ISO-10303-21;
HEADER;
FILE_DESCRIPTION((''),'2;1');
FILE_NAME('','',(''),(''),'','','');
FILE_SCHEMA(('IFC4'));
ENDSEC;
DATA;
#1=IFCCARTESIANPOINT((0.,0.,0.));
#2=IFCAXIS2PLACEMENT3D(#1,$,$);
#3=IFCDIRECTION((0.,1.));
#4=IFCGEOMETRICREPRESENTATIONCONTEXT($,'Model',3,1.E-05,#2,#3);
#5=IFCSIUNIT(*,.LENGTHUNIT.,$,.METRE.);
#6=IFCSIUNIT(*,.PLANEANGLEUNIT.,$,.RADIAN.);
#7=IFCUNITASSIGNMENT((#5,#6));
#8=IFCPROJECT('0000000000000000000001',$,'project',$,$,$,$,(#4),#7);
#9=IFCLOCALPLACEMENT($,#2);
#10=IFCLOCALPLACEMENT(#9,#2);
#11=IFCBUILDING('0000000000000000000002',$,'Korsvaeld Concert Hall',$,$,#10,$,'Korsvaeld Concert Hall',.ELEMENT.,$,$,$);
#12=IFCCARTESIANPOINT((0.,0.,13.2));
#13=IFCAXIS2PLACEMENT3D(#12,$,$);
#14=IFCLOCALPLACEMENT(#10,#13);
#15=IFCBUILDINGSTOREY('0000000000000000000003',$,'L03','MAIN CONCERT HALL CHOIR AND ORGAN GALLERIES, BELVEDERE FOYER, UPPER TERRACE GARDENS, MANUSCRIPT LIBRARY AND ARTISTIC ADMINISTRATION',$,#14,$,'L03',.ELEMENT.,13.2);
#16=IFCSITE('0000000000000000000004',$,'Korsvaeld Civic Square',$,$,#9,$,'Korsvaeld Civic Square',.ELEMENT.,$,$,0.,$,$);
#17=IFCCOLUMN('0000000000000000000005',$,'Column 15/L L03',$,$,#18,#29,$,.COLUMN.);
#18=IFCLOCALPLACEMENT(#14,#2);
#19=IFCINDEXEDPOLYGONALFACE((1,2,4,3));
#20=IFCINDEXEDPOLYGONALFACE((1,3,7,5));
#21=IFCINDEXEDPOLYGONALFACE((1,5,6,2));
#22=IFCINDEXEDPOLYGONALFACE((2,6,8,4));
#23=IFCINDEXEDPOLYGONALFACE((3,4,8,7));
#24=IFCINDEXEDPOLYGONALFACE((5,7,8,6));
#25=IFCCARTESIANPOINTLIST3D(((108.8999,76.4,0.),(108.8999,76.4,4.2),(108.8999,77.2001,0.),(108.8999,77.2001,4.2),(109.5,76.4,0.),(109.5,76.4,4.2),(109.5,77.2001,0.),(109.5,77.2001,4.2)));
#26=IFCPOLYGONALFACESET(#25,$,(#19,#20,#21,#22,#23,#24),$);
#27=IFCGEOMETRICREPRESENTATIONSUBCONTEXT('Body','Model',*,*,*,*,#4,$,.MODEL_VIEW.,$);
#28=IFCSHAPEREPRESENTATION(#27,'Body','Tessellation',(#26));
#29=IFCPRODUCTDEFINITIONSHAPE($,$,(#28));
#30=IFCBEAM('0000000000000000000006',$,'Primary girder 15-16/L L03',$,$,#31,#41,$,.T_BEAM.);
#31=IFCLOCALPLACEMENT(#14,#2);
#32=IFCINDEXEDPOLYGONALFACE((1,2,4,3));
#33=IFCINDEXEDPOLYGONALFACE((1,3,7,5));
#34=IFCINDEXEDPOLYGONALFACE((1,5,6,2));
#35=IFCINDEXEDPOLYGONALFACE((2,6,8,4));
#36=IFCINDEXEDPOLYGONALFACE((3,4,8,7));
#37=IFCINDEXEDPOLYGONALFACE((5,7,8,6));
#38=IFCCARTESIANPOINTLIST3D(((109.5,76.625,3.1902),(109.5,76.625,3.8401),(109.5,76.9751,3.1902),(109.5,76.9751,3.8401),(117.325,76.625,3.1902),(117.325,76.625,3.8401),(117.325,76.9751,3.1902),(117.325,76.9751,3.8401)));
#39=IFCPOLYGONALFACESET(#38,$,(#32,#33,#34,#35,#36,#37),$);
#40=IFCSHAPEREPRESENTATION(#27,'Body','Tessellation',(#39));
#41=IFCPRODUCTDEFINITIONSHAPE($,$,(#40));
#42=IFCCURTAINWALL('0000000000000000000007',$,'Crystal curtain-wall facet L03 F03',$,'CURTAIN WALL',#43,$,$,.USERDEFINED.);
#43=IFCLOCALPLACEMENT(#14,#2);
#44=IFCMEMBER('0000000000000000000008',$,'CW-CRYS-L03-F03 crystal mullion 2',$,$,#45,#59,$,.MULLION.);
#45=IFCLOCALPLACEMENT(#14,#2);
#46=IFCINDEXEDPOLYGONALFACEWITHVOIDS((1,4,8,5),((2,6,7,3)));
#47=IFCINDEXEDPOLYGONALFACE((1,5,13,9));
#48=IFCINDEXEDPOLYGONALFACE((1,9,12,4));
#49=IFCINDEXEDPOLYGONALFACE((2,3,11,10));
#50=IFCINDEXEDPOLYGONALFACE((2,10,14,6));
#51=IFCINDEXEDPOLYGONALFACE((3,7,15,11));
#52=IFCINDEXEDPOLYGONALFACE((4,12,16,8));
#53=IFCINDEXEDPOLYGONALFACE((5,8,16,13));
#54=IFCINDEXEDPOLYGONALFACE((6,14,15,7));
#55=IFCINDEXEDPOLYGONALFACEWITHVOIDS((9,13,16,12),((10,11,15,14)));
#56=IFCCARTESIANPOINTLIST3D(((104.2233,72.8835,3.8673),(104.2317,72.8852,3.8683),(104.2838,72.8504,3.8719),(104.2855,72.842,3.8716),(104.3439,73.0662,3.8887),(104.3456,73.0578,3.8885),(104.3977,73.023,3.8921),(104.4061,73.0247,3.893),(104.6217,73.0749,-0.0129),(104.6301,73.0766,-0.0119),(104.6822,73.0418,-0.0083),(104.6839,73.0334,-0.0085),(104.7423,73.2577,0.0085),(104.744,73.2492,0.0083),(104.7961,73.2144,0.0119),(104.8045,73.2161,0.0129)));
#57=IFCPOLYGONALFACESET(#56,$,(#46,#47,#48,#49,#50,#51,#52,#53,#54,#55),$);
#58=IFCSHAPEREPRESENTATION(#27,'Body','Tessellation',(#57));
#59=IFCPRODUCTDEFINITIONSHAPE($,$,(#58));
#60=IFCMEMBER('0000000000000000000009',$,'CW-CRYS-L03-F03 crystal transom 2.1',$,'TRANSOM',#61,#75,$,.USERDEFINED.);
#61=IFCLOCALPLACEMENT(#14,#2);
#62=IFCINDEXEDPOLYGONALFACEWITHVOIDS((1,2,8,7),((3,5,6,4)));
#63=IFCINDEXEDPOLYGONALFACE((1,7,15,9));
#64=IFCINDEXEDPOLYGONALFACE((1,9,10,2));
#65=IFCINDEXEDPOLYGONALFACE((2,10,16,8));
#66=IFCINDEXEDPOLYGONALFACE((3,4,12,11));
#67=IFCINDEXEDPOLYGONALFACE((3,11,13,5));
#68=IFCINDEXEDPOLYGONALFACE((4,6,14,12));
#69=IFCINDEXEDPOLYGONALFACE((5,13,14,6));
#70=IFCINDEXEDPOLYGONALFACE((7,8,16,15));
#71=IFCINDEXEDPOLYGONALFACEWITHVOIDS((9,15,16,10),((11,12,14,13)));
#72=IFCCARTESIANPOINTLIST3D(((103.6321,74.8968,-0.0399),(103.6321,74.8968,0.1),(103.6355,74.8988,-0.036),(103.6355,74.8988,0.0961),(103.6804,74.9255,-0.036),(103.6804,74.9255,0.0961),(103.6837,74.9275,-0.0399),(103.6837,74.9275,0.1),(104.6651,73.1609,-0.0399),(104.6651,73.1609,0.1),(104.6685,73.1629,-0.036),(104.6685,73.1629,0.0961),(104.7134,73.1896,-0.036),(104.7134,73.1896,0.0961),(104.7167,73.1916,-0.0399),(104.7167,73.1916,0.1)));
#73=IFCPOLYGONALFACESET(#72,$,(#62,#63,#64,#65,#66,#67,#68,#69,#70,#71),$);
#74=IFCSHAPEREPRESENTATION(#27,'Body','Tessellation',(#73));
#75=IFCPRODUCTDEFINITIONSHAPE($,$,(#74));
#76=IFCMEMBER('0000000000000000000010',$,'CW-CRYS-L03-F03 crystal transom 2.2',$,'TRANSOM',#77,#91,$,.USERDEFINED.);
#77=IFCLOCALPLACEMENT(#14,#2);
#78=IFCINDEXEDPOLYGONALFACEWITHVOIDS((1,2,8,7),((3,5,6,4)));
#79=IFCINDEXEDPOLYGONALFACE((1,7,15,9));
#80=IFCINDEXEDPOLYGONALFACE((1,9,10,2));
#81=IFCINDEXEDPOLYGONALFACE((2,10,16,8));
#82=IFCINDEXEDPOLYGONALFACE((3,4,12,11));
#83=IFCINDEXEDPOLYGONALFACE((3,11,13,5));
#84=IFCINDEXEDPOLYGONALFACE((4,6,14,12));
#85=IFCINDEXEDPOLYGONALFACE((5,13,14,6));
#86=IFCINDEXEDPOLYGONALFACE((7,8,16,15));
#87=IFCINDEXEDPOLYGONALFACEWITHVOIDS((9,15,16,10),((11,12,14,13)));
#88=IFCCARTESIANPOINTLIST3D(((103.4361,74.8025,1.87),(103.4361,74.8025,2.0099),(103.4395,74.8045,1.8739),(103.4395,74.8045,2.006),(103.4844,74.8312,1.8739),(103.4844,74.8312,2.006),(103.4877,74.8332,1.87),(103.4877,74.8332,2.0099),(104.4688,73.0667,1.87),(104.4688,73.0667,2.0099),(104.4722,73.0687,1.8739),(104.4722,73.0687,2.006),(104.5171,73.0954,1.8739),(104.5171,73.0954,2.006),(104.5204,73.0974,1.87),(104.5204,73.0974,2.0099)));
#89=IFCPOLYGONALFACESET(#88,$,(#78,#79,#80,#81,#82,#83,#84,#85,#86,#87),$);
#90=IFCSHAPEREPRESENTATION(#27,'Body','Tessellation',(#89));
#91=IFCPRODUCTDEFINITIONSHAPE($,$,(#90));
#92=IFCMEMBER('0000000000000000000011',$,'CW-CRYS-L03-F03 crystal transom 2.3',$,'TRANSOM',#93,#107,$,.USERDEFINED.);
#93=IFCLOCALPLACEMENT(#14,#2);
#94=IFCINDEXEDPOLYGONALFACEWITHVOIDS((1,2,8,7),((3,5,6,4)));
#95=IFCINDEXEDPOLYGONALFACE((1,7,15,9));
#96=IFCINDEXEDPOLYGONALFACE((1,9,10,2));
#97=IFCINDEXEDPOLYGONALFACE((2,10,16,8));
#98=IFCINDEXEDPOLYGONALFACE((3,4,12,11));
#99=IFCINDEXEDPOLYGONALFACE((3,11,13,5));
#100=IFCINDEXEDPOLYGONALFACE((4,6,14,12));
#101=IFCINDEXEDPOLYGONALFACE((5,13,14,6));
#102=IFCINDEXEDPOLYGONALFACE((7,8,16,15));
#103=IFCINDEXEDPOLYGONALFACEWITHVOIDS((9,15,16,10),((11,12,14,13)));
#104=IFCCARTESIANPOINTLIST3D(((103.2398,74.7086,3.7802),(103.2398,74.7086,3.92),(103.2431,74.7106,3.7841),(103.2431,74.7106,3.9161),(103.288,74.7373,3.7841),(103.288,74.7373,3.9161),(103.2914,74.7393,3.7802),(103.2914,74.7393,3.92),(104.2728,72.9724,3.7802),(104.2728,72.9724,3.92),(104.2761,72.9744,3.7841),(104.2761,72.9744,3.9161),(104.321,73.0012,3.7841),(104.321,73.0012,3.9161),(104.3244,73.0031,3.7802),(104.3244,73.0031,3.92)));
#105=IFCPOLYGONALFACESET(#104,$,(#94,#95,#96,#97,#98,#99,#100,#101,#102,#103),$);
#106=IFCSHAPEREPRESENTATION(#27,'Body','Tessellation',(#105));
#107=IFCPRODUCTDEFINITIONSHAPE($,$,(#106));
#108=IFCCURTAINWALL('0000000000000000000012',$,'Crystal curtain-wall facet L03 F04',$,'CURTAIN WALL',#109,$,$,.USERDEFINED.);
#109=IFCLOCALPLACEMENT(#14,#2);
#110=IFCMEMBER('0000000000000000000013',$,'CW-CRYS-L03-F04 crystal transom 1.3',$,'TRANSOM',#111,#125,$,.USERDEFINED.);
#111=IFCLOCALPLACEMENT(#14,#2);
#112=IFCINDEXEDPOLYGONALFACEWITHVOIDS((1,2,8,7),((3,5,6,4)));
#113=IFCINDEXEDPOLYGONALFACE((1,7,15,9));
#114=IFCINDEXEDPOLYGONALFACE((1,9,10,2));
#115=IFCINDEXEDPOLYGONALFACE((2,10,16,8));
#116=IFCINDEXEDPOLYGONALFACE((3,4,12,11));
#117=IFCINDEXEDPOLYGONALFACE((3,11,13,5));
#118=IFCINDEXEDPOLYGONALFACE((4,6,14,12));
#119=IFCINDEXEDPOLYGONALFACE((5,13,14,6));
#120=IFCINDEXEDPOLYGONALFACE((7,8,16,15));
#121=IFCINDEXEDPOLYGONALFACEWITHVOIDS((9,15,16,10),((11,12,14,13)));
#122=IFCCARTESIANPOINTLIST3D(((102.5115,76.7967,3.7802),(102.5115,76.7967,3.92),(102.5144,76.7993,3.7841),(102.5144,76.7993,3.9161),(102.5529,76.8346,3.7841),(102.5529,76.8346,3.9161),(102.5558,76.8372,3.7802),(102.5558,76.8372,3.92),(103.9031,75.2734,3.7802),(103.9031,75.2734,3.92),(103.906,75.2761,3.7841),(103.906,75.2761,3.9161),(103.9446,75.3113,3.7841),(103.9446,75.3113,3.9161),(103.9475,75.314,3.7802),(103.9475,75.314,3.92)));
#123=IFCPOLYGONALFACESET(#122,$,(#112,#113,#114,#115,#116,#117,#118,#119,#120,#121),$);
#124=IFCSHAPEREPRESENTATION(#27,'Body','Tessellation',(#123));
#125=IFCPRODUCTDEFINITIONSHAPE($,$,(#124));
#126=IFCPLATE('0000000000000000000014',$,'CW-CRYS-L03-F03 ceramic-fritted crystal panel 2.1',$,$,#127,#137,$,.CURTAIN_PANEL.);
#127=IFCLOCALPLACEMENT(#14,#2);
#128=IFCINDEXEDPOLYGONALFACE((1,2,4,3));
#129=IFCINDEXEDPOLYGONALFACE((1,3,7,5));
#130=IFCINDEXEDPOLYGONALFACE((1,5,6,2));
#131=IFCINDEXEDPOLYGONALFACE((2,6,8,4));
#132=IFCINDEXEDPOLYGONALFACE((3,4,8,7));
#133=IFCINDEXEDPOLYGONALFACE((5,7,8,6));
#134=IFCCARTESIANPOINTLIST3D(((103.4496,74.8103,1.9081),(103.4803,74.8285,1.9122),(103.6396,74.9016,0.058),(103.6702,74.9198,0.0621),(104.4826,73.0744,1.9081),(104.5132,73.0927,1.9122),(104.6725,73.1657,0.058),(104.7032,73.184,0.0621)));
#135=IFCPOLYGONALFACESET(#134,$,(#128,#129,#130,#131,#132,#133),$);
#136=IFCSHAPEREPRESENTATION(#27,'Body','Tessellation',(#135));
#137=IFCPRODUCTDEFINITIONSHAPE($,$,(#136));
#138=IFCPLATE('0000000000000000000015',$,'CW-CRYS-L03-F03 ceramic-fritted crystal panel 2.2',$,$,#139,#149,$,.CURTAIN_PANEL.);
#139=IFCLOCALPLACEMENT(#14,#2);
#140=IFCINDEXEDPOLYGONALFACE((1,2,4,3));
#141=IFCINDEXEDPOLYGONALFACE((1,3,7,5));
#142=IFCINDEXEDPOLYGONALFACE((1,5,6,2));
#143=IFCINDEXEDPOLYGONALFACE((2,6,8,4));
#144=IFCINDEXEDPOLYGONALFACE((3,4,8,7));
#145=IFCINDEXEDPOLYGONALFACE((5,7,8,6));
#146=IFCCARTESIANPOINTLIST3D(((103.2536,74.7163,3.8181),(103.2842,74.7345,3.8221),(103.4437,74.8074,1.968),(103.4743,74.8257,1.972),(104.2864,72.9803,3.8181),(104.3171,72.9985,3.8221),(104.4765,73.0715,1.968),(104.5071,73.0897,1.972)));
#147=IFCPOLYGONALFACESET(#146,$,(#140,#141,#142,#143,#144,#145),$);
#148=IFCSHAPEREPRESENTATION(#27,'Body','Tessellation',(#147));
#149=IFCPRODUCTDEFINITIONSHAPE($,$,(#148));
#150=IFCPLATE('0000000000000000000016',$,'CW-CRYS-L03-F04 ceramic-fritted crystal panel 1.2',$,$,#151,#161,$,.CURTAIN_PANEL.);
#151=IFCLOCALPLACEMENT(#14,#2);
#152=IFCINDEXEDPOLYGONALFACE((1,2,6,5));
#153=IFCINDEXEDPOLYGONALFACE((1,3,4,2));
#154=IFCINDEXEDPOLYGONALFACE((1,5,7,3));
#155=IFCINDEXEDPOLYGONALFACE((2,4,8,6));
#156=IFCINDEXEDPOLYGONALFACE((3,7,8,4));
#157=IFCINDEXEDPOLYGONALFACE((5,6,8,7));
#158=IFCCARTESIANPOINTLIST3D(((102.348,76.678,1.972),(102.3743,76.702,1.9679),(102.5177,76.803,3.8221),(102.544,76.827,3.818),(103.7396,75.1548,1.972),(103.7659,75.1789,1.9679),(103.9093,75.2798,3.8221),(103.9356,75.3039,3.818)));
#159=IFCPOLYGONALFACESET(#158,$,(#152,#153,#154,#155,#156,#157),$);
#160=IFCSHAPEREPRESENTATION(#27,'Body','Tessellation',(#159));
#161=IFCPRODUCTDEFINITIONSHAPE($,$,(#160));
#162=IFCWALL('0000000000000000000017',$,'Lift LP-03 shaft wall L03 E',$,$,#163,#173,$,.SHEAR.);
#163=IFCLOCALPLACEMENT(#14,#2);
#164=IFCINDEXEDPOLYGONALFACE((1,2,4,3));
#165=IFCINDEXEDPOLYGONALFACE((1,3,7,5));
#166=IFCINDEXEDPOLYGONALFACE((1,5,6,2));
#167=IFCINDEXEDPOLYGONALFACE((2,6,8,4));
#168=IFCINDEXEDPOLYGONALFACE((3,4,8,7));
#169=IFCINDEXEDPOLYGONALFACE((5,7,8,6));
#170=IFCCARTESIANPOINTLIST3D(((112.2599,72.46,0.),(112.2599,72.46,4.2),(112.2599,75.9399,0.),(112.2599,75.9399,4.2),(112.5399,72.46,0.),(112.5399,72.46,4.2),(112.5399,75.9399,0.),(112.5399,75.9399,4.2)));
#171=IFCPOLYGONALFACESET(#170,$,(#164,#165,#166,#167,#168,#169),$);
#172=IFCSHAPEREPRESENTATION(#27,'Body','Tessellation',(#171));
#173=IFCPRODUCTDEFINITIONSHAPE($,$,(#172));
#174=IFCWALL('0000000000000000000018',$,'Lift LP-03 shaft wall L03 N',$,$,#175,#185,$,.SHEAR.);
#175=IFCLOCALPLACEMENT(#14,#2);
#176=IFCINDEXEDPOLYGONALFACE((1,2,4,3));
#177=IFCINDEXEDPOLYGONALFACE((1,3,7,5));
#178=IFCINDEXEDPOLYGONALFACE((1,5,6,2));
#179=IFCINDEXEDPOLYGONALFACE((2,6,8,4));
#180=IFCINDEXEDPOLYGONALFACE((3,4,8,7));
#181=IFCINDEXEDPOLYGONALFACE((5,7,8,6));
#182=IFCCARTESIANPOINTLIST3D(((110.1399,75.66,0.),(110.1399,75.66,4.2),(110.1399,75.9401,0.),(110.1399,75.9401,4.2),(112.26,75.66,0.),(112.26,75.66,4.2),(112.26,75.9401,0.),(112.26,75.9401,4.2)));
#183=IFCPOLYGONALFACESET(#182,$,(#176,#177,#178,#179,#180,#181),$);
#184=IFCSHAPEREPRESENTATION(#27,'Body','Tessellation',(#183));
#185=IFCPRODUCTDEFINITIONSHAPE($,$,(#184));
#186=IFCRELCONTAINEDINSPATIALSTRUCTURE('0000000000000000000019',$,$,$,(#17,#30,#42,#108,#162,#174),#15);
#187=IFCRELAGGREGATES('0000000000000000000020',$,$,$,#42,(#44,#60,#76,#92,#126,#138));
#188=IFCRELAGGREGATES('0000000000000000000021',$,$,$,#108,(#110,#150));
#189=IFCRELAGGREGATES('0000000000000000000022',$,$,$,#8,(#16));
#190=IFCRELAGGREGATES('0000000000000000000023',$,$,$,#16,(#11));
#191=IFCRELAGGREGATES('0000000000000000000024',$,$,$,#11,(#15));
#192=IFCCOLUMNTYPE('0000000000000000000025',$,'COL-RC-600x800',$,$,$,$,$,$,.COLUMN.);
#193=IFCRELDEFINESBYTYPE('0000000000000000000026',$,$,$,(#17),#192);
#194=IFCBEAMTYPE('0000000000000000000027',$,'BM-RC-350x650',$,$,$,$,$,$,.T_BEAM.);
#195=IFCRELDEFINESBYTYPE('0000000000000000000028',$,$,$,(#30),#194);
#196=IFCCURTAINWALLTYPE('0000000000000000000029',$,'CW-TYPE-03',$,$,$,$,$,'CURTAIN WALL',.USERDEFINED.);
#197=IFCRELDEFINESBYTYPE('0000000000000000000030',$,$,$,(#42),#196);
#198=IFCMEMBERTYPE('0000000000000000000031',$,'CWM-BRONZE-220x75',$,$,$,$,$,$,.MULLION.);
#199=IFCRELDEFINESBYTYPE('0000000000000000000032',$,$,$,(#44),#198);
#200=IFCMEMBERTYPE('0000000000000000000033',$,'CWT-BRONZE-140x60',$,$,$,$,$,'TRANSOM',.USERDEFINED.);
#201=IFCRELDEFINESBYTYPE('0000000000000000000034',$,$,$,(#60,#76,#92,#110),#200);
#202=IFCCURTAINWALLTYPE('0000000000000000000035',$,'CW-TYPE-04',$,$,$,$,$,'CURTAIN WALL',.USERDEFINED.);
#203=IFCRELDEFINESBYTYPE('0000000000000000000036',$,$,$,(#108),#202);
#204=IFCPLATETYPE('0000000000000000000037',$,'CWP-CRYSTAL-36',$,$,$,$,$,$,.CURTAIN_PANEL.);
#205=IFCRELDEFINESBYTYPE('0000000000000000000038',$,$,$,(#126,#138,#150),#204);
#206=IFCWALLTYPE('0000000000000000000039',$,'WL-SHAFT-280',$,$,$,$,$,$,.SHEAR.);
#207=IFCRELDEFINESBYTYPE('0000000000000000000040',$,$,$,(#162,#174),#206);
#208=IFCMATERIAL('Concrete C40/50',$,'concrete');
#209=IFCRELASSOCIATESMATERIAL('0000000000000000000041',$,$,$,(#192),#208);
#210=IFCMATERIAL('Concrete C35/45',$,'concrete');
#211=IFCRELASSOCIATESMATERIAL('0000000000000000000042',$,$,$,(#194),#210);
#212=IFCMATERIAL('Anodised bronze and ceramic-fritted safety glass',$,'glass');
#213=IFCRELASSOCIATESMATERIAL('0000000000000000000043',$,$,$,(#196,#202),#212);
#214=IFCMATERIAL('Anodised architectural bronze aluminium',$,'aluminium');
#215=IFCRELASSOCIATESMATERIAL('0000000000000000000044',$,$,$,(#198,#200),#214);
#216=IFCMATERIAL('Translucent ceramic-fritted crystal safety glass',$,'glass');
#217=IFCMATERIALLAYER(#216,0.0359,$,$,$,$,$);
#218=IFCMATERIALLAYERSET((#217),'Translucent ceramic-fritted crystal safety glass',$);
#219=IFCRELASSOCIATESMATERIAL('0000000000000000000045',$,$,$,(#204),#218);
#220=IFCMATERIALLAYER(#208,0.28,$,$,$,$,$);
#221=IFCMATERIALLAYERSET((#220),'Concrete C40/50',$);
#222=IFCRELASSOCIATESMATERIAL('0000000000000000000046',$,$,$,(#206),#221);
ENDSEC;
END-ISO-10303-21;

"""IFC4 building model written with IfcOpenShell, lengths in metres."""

from ifc_helpers import new_model, si_unit, direction, frame, frame_2d, origin, origin_2d, place, context, subcontext, project, spatial, polyline, rectangle, hollow_rectangle, outline, extrude, material, layer, layer_set, material_profile, profile_set, type_object, element, aggregate, save


model = new_model("IFC4")

# Units and contexts
model_context = context("Model", 3, precision=1e-05, world=origin(), true_north=direction((0.0, 1.0)))
body_context = subcontext(model_context, "Body", "Model", "MODEL_VIEW")
ifc_project = project(units=[si_unit("LENGTHUNIT", "METRE"), si_unit("PLANEANGLEUNIT", "RADIAN")], contexts=[model_context])

# Site, building, storey
site_placement = place(None, origin())
site = spatial("IfcSite", under=ifc_project, at=site_placement, Name="Korsvaeld Civic Square", LongName="Korsvaeld Civic Square", CompositionType="ELEMENT", RefElevation=0.0)
building_placement = place(site_placement, origin())
building = spatial("IfcBuilding", under=site, at=building_placement, Name="Korsvaeld Concert Hall", LongName="Korsvaeld Concert Hall", CompositionType="ELEMENT")
storey_placement = place(building_placement, frame((0.0, 0.0, 13.2)))
storey = spatial("IfcBuildingStorey", under=building, at=storey_placement, Name="L03", Description="MAIN CONCERT HALL CHOIR AND ORGAN GALLERIES, BELVEDERE FOYER, UPPER TERRACE GARDENS, MANUSCRIPT LIBRARY AND ARTISTIC ADMINISTRATION", LongName="L03", CompositionType="ELEMENT", Elevation=13.2)

# Column
ifc_material_1 = material(Name="Concrete C40/50", Category="concrete")
ifc_material_profile_1 = material_profile(ifc_material_1, rectangle(XDim=0.6001, YDim=0.8, at=origin_2d()), Name="RC 600x800")
ifc_profile_set_1 = profile_set([ifc_material_profile_1], Name="Concrete C40/50")
column_type = type_object("IfcColumnType", Name="COL-RC-600x800", PredefinedType="COLUMN", material=ifc_profile_set_1)
column_placement = place(storey_placement, frame((109.2, 76.8, 0.0), z_axis=(0.0, 0.0, 1.0), x_axis=(1.0, 0.0, 0.0)))
element("IfcColumn", 1, at=column_placement, inside=storey, type_object=column_type, Name="Column 15/L L03", PredefinedType="COLUMN", context=body_context, shape_type="SweptSolid", body=[
    extrude(rectangle(XDim=0.6001, YDim=0.8, at=origin_2d()), origin(), (0.0, 0.0, 1.0), 4.2),
])

# Beam
ifc_material_2 = material(Name="Concrete C35/45", Category="concrete")
ifc_material_profile_2 = material_profile(ifc_material_2, rectangle(XDim=0.3501, YDim=0.6499, at=origin_2d()), Name="RC 350x650")
ifc_profile_set_2 = profile_set([ifc_material_profile_2], Name="Concrete C35/45")
beam_type = type_object("IfcBeamType", Name="BM-RC-350x650", PredefinedType="T_BEAM", material=ifc_profile_set_2)
beam_placement = place(storey_placement, frame((109.5, 76.8, 3.5151), z_axis=(1.0, 0.0, 0.0), x_axis=(0.0, 1.0, 0.0)))
element("IfcBeam", 2, at=beam_placement, inside=storey, type_object=beam_type, Name="Primary girder 15-16/L L03", PredefinedType="T_BEAM", context=body_context, shape_type="SweptSolid", body=[
    extrude(rectangle(XDim=0.3501, YDim=0.6499, at=origin_2d()), origin(), (0.0, 0.0, 1.0), 7.825),
])

# Curtain wall, members
ifc_material_3 = material(Name="Anodised bronze and ceramic-fritted safety glass", Category="glass")
curtain_wall_type_1 = type_object("IfcCurtainWallType", Name="CW-TYPE-03", ElementType="CURTAIN WALL", PredefinedType="USERDEFINED", material=ifc_material_3)
curtain_wall_1_placement = place(storey_placement, origin())
curtain_wall_1 = element("IfcCurtainWall", 3, at=curtain_wall_1_placement, inside=storey, type_object=curtain_wall_type_1, Name="Crystal curtain-wall facet L03 F03", ObjectType="CURTAIN WALL", PredefinedType="USERDEFINED")
ifc_material_4 = material(Name="Anodised architectural bronze aluminium", Category="aluminium")
ifc_material_profile_3 = material_profile(ifc_material_4, hollow_rectangle(XDim=0.075, YDim=0.22, WallThickness=0.0061, at=origin_2d()), Name="CWM 220x75x6")
ifc_profile_set_3 = profile_set([ifc_material_profile_3], Name="Anodised architectural bronze aluminium")
member_type_1 = type_object("IfcMemberType", Name="CWM-BRONZE-220x75", PredefinedType="MULLION", material=ifc_profile_set_3)
member_1_placement = place(storey_placement, frame((104.7131, 73.1455, 0.0), z_axis=(-0.102027, -0.049013, 0.993573), x_axis=(-0.830086, 0.554624, -0.057879)))
member_1 = element("IfcMember", 4, at=member_1_placement, type_object=member_type_1, Name="CW-CRYS-L03-F03 crystal mullion 2", PredefinedType="MULLION", context=body_context, shape_type="SweptSolid", body=[
    extrude(hollow_rectangle(XDim=0.075, YDim=0.22, WallThickness=0.0061, at=origin_2d()), origin(), (0.0, 0.0, 1.0), 3.9053),
])
ifc_material_profile_4 = material_profile(ifc_material_4, hollow_rectangle(XDim=0.0601, YDim=0.1399, WallThickness=0.0039, at=origin_2d()), Name="CWT 140x60x4")
ifc_profile_set_4 = profile_set([ifc_material_profile_4], Name="Anodised architectural bronze aluminium")
member_type_2 = type_object("IfcMemberType", Name="CWT-BRONZE-140x60", ElementType="TRANSOM", PredefinedType="USERDEFINED", material=ifc_profile_set_4)
member_2_placement = place(storey_placement, frame((104.6909, 73.1763, 0.03), z_axis=(-0.511382, 0.859354, 0.0), x_axis=(-0.859354, -0.511382, 0.0)))
member_2 = element("IfcMember", 5, at=member_2_placement, type_object=member_type_2, Name="CW-CRYS-L03-F03 crystal transom 2.1", ObjectType="TRANSOM", PredefinedType="USERDEFINED", context=body_context, shape_type="SweptSolid", body=[
    extrude(hollow_rectangle(XDim=0.0601, YDim=0.1399, WallThickness=0.0039, at=origin_2d()), origin(), (0.0, 0.0, 1.0), 2.02),
])
member_3_placement = place(storey_placement, frame((104.4946, 73.082, 1.9399), z_axis=(-0.511293, 0.859407, 0.0), x_axis=(-0.859407, -0.511293, 0.0)))
member_3 = element("IfcMember", 6, at=member_3_placement, type_object=member_type_2, Name="CW-CRYS-L03-F03 crystal transom 2.2", ObjectType="TRANSOM", PredefinedType="USERDEFINED", context=body_context, shape_type="SweptSolid", body=[
    extrude(hollow_rectangle(XDim=0.0601, YDim=0.1399, WallThickness=0.0039, at=origin_2d()), origin(), (0.0, 0.0, 1.0), 2.0198),
])
member_4_placement = place(storey_placement, frame((104.2986, 72.9878, 3.8501), z_axis=(-0.511329, 0.859385, 0.0), x_axis=(-0.859385, -0.511329, 0.0)))
member_4 = element("IfcMember", 7, at=member_4_placement, type_object=member_type_2, Name="CW-CRYS-L03-F03 crystal transom 2.3", ObjectType="TRANSOM", PredefinedType="USERDEFINED", context=body_context, shape_type="SweptSolid", body=[
    extrude(hollow_rectangle(XDim=0.0601, YDim=0.1399, WallThickness=0.0039, at=origin_2d()), origin(), (0.0, 0.0, 1.0), 2.0203),
])

# Curtain wall, member
curtain_wall_type_2 = type_object("IfcCurtainWallType", Name="CW-TYPE-04", ElementType="CURTAIN WALL", PredefinedType="USERDEFINED", material=ifc_material_3)
curtain_wall_2_placement = place(storey_placement, origin())
curtain_wall_2 = element("IfcCurtainWall", 8, at=curtain_wall_2_placement, inside=storey, type_object=curtain_wall_type_2, Name="Crystal curtain-wall facet L03 F04", ObjectType="CURTAIN WALL", PredefinedType="USERDEFINED")
member_5_placement = place(storey_placement, frame((103.9253, 75.2937, 3.8501), z_axis=(-0.674497, 0.738278, 0.0), x_axis=(-0.738278, -0.674497, 0.0)))
member_5 = element("IfcMember", 9, at=member_5_placement, type_object=member_type_2, Name="CW-CRYS-L03-F04 crystal transom 1.3", ObjectType="TRANSOM", PredefinedType="USERDEFINED", context=body_context, shape_type="SweptSolid", body=[
    extrude(hollow_rectangle(XDim=0.0601, YDim=0.1399, WallThickness=0.0039, at=origin_2d()), origin(), (0.0, 0.0, 1.0), 2.0632),
])

# Plates
ifc_material_5 = material(Name="Translucent ceramic-fritted crystal safety glass", Category="glass")
ifc_layer_1 = layer(ifc_material_5, 0.0359)
ifc_layer_set_1 = layer_set([ifc_layer_1], Name="Translucent ceramic-fritted crystal safety glass")
plate_type = type_object("IfcPlateType", Name="CWP-CRYSTAL-36", PredefinedType="CURTAIN_PANEL", material=ifc_layer_set_1)
plate_1_placement = place(storey_placement, frame((104.6877, 73.1748, 0.0601), z_axis=(0.853875, 0.508121, 0.112741), x_axis=(-0.511382, 0.859354, 0.0)))
plate_1 = element("IfcPlate", 10, at=plate_1_placement, type_object=plate_type, Name="CW-CRYS-L03-F03 ceramic-fritted crystal panel 2.1", PredefinedType="CURTAIN_PANEL", context=body_context, shape_type="SweptSolid", body=[
    extrude(outline(polyline([(0.0, 0.0), (2.0199, 0.0), (2.0386, 1.862), (0.0187, 1.862), (0.0, 0.0)])), frame((0.0, 0.0, 0.0181)), (0.0, 0.0, -1.0), 0.0359),
])
plate_2_placement = place(storey_placement, frame((104.4917, 73.0806, 1.97), z_axis=(0.853915, 0.508049, 0.112764), x_axis=(-0.511312, 0.859395, 0.000009)))
plate_2 = element("IfcPlate", 11, at=plate_2_placement, type_object=plate_type, Name="CW-CRYS-L03-F03 ceramic-fritted crystal panel 2.2", PredefinedType="CURTAIN_PANEL", context=body_context, shape_type="SweptSolid", body=[
    extrude(outline(polyline([(0.0, 0.0), (2.0199, 0.0), (2.0388, 1.862), (0.0188, 1.862), (0.0, 0.0)])), frame((0.0, 0.0, 0.0181)), (0.0, 0.0, -1.0), 0.0359),
])
aggregate(curtain_wall_1, [member_1, member_2, member_3, member_4, plate_1, plate_2])
plate_3_placement = place(storey_placement, frame((103.7527, 75.1667, 1.97), z_axis=(0.733586, 0.67021, -0.112561), x_axis=(-0.674497, 0.738278, 0.0)))
plate_3 = element("IfcPlate", 12, at=plate_3_placement, type_object=plate_type, Name="CW-CRYS-L03-F04 ceramic-fritted crystal panel 1.2", PredefinedType="CURTAIN_PANEL", context=body_context, shape_type="SweptSolid", body=[
    extrude(outline(polyline([(0.0, 0.0), (2.0632, 0.0), (2.041, 1.8619), (-0.0222, 1.8619), (0.0, 0.0)])), frame((0.0, 0.0, 0.0181)), (0.0, 0.0, -1.0), 0.0359),
])
aggregate(curtain_wall_2, [member_5, plate_3])

# Shared definitions
ifc_layer_2 = layer(ifc_material_1, 0.28)
ifc_layer_set_2 = layer_set([ifc_layer_2], Name="Concrete C40/50")
wall_type = type_object("IfcWallType", Name="WL-SHAFT-280", PredefinedType="SHEAR", material=ifc_layer_set_2)

# Walls
wall_1_placement = place(storey_placement, frame((112.3999, 72.46, 0.0), z_axis=(0.0, 0.0, 1.0), x_axis=(0.0, 1.0, 0.0)))
element("IfcWall", 13, at=wall_1_placement, inside=storey, type_object=wall_type, Name="Lift LP-03 shaft wall L03 E", PredefinedType="SHEAR", context=body_context, shape_type="SweptSolid", body=[
    extrude(rectangle(XDim=3.48, YDim=0.28, at=frame_2d((1.74, 0.0))), origin(), (0.0, 0.0, 1.0), 4.2),
])
wall_2_placement = place(storey_placement, frame((112.26, 75.8, 0.0), z_axis=(0.0, 0.0, 1.0), x_axis=(-1.0, 0.0, 0.0)))
element("IfcWall", 14, at=wall_2_placement, inside=storey, type_object=wall_type, Name="Lift LP-03 shaft wall L03 N", PredefinedType="SHEAR", context=body_context, shape_type="SweptSolid", body=[
    extrude(rectangle(XDim=2.1201, YDim=0.28, at=frame_2d((1.0601, 0.0))), origin(), (0.0, 0.0, 1.0), 4.2),
])

save(model, "model.ifc")
